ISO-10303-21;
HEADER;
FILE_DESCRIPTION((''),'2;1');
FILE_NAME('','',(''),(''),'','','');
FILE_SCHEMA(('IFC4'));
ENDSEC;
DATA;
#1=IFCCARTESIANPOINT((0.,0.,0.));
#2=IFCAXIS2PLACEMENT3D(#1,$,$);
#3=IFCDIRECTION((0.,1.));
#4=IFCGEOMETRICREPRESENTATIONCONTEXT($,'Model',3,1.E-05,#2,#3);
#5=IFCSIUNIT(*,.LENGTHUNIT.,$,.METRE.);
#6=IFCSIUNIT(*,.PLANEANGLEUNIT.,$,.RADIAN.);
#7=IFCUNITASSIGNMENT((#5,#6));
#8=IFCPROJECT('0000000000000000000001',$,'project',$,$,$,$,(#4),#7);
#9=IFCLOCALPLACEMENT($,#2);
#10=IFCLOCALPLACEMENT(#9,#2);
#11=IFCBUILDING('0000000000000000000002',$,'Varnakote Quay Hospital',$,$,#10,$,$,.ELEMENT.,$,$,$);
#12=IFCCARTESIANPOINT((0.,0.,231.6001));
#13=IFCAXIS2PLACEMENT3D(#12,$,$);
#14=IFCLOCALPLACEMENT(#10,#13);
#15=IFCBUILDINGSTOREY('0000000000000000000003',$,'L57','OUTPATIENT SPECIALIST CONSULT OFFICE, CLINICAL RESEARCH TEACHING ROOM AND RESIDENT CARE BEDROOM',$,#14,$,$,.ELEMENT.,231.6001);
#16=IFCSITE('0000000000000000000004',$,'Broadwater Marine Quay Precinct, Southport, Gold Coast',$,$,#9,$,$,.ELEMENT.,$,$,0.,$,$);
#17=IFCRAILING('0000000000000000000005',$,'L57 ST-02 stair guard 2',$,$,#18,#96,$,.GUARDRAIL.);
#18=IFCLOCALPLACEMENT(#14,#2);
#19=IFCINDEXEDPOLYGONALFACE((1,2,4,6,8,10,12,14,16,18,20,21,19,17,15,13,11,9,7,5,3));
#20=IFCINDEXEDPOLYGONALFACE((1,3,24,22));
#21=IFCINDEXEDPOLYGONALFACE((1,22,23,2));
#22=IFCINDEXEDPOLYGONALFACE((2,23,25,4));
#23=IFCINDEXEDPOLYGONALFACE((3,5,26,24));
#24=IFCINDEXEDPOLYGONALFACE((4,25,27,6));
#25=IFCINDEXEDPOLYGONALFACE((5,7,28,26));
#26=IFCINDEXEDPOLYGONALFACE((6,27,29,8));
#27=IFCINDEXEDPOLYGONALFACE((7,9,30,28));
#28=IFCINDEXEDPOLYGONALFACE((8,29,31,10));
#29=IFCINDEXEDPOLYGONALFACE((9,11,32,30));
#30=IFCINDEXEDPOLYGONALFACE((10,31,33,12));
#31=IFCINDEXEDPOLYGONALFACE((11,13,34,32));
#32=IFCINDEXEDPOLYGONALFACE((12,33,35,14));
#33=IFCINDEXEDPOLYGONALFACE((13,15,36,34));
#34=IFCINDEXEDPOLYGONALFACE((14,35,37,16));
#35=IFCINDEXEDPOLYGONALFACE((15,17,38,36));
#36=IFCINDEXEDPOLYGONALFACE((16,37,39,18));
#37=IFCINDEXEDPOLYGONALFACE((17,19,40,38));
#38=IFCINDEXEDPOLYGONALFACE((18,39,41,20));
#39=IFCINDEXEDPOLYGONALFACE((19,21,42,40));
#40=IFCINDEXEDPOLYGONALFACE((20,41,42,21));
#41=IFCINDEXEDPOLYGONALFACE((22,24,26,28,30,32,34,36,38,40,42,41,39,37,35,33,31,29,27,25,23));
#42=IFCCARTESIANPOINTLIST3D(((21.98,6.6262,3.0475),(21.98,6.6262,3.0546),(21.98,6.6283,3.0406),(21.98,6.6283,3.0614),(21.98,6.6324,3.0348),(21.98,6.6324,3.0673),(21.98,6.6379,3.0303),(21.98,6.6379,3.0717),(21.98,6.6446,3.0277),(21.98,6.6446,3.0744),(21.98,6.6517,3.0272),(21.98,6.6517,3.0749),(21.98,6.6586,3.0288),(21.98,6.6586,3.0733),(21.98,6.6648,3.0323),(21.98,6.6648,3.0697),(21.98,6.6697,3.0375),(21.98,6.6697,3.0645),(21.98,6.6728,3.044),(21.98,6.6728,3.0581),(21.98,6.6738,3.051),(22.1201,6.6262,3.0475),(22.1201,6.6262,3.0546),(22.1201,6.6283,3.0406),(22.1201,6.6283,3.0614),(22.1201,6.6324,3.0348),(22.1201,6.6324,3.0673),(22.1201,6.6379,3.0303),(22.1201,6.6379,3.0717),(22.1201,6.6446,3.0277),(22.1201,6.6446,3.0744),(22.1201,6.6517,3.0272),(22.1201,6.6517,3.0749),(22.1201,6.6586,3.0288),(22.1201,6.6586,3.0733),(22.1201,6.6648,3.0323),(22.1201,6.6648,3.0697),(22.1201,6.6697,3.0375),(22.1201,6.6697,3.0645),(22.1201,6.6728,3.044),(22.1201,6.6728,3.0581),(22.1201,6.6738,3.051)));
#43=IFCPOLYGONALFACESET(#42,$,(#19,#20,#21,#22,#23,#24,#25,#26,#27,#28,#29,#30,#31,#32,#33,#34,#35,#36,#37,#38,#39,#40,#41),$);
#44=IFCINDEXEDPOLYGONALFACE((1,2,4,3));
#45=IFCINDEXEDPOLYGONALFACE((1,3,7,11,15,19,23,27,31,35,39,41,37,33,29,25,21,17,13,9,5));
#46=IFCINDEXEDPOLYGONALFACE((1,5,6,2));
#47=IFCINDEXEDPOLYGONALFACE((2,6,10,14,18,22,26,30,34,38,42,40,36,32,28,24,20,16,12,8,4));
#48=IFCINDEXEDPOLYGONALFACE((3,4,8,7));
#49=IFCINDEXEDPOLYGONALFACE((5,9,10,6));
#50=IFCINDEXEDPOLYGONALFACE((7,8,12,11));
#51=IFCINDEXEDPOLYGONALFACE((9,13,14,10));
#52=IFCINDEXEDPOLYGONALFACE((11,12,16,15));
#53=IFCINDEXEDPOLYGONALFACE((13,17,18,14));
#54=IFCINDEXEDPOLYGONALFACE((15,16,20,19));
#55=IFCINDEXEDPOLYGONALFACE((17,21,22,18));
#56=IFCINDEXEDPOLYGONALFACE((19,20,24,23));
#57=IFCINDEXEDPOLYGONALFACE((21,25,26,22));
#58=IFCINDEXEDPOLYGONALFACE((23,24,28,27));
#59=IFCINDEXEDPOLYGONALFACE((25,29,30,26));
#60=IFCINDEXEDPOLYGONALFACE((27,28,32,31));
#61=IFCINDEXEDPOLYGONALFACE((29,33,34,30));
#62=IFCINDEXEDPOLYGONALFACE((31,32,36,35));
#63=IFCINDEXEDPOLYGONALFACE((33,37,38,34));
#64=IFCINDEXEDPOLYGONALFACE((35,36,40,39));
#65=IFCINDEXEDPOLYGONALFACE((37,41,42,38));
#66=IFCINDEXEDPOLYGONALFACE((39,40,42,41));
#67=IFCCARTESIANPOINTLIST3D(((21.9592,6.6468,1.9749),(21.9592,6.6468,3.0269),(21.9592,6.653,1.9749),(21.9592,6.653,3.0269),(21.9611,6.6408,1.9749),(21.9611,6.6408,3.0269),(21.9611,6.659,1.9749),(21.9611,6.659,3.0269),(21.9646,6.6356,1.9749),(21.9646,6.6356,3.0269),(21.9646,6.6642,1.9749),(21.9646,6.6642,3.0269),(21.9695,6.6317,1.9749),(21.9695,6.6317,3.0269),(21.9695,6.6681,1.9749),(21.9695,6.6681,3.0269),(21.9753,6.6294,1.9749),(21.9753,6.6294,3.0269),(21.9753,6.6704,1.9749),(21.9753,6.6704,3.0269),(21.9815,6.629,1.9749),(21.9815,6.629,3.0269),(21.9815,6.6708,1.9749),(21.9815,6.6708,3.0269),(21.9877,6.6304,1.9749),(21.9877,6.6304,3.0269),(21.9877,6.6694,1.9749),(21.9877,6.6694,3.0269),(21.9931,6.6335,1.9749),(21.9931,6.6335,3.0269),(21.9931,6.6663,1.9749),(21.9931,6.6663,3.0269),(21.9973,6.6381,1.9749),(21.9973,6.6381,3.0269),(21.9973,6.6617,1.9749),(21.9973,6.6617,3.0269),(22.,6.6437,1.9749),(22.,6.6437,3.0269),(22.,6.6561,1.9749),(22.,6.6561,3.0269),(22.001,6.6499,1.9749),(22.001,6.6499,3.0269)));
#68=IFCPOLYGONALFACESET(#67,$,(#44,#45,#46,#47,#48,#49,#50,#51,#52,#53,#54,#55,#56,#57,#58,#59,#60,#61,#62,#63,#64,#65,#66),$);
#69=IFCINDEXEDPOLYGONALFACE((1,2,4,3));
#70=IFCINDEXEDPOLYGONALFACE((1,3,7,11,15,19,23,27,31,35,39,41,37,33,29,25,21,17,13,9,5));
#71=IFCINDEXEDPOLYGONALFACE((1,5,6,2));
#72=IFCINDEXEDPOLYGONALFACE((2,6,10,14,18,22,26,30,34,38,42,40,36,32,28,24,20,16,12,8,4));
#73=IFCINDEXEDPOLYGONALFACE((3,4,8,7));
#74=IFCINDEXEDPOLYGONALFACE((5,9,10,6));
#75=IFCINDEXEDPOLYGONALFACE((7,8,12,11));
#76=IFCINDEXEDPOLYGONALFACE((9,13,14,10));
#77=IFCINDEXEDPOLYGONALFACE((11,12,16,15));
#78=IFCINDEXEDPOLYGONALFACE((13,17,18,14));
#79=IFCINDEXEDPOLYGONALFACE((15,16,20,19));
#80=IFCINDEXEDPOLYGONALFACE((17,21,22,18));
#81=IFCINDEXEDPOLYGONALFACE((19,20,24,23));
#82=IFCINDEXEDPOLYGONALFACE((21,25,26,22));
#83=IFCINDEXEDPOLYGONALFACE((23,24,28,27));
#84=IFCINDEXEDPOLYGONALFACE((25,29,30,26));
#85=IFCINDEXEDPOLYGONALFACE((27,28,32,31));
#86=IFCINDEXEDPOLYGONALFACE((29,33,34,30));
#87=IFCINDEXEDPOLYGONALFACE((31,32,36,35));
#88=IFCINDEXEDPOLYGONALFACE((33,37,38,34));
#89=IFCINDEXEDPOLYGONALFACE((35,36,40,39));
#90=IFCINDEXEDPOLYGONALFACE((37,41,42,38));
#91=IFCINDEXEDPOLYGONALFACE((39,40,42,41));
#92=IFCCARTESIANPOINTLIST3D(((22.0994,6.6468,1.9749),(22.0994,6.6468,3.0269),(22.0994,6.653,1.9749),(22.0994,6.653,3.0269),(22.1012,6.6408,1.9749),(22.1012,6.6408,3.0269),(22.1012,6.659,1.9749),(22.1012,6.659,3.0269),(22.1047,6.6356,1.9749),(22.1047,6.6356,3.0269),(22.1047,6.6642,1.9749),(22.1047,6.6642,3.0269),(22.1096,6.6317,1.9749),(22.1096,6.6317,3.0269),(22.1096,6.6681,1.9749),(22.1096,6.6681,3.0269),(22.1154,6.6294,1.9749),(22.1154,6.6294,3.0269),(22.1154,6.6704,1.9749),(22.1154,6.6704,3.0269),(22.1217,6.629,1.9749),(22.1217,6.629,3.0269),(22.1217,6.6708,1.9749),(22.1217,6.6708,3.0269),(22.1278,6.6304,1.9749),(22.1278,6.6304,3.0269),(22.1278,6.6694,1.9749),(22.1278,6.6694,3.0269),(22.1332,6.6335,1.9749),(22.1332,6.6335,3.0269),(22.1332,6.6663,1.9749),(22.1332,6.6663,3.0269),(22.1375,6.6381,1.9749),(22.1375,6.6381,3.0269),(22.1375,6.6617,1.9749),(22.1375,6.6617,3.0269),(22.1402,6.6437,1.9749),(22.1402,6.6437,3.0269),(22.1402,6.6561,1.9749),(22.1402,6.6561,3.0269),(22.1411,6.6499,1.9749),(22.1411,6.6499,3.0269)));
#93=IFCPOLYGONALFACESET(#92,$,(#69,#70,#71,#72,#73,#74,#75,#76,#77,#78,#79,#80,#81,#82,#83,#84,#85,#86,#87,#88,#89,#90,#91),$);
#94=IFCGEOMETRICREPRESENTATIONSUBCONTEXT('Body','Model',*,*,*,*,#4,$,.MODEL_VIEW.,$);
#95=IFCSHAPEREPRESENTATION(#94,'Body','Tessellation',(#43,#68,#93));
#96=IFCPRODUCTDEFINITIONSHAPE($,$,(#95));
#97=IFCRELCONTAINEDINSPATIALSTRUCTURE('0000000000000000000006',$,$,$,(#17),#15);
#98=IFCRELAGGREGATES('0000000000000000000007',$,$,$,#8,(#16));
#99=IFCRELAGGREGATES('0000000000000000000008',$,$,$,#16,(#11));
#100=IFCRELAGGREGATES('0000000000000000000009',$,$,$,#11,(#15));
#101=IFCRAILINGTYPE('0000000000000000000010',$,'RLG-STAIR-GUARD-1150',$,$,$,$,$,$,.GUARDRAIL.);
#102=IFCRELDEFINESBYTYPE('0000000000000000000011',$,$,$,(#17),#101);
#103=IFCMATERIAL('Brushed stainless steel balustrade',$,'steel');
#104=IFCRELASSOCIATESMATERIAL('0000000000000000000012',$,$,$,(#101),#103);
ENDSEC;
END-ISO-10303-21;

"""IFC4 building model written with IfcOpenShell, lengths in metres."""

from ifc_helpers import new_model, si_unit, direction, frame, origin, origin_2d, place, context, subcontext, project, spatial, circle, extrude, material, type_object, element, save


model = new_model("IFC4")

# Units and contexts
model_context = context("Model", 3, precision=1e-05, world=origin(), true_north=direction((0.0, 1.0)))
body_context = subcontext(model_context, "Body", "Model", "MODEL_VIEW")
ifc_project = project(units=[si_unit("LENGTHUNIT", "METRE"), si_unit("PLANEANGLEUNIT", "RADIAN")], contexts=[model_context])

# Site, building, storey
site_placement = place(None, origin())
site = spatial("IfcSite", under=ifc_project, at=site_placement, Name="Broadwater Marine Quay Precinct, Southport, Gold Coast", CompositionType="ELEMENT", RefElevation=0.0)
building_placement = place(site_placement, origin())
building = spatial("IfcBuilding", under=site, at=building_placement, Name="Varnakote Quay Hospital", CompositionType="ELEMENT")
storey_placement = place(building_placement, frame((0.0, 0.0, 231.6001)))
storey = spatial("IfcBuildingStorey", under=building, at=storey_placement, Name="L57", Description="OUTPATIENT SPECIALIST CONSULT OFFICE, CLINICAL RESEARCH TEACHING ROOM AND RESIDENT CARE BEDROOM", CompositionType="ELEMENT", Elevation=231.6001)

# Railing
ifc_material_1 = material(Name="Brushed stainless steel balustrade", Category="steel")
railing_type_1 = type_object("IfcRailingType", Name="RLG-STAIR-GUARD-1150", PredefinedType="GUARDRAIL", material=ifc_material_1)
railing_1_placement = place(storey_placement, frame((21.98, 6.6499, 1.9749)))
element("IfcRailing", 1, at=railing_1_placement, inside=storey, type_object=railing_type_1, Name="L57 ST-02 stair guard 2", PredefinedType="GUARDRAIL", context=body_context, shape_type="SweptSolid", body=[
    extrude(circle(Radius=0.0239, at=origin_2d()), frame((0.0, 0.0, 1.0762), z_axis=(1.0, 0.0, 0.0), x_axis=(0.0, 1.0, 0.0)), (0.0, 0.0, 1.0), 0.1401),
    extrude(circle(Radius=0.021, at=origin_2d()), origin(), (0.0, 0.0, 1.0), 1.052),
    extrude(circle(Radius=0.021, at=origin_2d()), frame((0.1401, 0.0, 0.0)), (0.0, 0.0, 1.0), 1.052),
])

save(model, "model.ifc")
